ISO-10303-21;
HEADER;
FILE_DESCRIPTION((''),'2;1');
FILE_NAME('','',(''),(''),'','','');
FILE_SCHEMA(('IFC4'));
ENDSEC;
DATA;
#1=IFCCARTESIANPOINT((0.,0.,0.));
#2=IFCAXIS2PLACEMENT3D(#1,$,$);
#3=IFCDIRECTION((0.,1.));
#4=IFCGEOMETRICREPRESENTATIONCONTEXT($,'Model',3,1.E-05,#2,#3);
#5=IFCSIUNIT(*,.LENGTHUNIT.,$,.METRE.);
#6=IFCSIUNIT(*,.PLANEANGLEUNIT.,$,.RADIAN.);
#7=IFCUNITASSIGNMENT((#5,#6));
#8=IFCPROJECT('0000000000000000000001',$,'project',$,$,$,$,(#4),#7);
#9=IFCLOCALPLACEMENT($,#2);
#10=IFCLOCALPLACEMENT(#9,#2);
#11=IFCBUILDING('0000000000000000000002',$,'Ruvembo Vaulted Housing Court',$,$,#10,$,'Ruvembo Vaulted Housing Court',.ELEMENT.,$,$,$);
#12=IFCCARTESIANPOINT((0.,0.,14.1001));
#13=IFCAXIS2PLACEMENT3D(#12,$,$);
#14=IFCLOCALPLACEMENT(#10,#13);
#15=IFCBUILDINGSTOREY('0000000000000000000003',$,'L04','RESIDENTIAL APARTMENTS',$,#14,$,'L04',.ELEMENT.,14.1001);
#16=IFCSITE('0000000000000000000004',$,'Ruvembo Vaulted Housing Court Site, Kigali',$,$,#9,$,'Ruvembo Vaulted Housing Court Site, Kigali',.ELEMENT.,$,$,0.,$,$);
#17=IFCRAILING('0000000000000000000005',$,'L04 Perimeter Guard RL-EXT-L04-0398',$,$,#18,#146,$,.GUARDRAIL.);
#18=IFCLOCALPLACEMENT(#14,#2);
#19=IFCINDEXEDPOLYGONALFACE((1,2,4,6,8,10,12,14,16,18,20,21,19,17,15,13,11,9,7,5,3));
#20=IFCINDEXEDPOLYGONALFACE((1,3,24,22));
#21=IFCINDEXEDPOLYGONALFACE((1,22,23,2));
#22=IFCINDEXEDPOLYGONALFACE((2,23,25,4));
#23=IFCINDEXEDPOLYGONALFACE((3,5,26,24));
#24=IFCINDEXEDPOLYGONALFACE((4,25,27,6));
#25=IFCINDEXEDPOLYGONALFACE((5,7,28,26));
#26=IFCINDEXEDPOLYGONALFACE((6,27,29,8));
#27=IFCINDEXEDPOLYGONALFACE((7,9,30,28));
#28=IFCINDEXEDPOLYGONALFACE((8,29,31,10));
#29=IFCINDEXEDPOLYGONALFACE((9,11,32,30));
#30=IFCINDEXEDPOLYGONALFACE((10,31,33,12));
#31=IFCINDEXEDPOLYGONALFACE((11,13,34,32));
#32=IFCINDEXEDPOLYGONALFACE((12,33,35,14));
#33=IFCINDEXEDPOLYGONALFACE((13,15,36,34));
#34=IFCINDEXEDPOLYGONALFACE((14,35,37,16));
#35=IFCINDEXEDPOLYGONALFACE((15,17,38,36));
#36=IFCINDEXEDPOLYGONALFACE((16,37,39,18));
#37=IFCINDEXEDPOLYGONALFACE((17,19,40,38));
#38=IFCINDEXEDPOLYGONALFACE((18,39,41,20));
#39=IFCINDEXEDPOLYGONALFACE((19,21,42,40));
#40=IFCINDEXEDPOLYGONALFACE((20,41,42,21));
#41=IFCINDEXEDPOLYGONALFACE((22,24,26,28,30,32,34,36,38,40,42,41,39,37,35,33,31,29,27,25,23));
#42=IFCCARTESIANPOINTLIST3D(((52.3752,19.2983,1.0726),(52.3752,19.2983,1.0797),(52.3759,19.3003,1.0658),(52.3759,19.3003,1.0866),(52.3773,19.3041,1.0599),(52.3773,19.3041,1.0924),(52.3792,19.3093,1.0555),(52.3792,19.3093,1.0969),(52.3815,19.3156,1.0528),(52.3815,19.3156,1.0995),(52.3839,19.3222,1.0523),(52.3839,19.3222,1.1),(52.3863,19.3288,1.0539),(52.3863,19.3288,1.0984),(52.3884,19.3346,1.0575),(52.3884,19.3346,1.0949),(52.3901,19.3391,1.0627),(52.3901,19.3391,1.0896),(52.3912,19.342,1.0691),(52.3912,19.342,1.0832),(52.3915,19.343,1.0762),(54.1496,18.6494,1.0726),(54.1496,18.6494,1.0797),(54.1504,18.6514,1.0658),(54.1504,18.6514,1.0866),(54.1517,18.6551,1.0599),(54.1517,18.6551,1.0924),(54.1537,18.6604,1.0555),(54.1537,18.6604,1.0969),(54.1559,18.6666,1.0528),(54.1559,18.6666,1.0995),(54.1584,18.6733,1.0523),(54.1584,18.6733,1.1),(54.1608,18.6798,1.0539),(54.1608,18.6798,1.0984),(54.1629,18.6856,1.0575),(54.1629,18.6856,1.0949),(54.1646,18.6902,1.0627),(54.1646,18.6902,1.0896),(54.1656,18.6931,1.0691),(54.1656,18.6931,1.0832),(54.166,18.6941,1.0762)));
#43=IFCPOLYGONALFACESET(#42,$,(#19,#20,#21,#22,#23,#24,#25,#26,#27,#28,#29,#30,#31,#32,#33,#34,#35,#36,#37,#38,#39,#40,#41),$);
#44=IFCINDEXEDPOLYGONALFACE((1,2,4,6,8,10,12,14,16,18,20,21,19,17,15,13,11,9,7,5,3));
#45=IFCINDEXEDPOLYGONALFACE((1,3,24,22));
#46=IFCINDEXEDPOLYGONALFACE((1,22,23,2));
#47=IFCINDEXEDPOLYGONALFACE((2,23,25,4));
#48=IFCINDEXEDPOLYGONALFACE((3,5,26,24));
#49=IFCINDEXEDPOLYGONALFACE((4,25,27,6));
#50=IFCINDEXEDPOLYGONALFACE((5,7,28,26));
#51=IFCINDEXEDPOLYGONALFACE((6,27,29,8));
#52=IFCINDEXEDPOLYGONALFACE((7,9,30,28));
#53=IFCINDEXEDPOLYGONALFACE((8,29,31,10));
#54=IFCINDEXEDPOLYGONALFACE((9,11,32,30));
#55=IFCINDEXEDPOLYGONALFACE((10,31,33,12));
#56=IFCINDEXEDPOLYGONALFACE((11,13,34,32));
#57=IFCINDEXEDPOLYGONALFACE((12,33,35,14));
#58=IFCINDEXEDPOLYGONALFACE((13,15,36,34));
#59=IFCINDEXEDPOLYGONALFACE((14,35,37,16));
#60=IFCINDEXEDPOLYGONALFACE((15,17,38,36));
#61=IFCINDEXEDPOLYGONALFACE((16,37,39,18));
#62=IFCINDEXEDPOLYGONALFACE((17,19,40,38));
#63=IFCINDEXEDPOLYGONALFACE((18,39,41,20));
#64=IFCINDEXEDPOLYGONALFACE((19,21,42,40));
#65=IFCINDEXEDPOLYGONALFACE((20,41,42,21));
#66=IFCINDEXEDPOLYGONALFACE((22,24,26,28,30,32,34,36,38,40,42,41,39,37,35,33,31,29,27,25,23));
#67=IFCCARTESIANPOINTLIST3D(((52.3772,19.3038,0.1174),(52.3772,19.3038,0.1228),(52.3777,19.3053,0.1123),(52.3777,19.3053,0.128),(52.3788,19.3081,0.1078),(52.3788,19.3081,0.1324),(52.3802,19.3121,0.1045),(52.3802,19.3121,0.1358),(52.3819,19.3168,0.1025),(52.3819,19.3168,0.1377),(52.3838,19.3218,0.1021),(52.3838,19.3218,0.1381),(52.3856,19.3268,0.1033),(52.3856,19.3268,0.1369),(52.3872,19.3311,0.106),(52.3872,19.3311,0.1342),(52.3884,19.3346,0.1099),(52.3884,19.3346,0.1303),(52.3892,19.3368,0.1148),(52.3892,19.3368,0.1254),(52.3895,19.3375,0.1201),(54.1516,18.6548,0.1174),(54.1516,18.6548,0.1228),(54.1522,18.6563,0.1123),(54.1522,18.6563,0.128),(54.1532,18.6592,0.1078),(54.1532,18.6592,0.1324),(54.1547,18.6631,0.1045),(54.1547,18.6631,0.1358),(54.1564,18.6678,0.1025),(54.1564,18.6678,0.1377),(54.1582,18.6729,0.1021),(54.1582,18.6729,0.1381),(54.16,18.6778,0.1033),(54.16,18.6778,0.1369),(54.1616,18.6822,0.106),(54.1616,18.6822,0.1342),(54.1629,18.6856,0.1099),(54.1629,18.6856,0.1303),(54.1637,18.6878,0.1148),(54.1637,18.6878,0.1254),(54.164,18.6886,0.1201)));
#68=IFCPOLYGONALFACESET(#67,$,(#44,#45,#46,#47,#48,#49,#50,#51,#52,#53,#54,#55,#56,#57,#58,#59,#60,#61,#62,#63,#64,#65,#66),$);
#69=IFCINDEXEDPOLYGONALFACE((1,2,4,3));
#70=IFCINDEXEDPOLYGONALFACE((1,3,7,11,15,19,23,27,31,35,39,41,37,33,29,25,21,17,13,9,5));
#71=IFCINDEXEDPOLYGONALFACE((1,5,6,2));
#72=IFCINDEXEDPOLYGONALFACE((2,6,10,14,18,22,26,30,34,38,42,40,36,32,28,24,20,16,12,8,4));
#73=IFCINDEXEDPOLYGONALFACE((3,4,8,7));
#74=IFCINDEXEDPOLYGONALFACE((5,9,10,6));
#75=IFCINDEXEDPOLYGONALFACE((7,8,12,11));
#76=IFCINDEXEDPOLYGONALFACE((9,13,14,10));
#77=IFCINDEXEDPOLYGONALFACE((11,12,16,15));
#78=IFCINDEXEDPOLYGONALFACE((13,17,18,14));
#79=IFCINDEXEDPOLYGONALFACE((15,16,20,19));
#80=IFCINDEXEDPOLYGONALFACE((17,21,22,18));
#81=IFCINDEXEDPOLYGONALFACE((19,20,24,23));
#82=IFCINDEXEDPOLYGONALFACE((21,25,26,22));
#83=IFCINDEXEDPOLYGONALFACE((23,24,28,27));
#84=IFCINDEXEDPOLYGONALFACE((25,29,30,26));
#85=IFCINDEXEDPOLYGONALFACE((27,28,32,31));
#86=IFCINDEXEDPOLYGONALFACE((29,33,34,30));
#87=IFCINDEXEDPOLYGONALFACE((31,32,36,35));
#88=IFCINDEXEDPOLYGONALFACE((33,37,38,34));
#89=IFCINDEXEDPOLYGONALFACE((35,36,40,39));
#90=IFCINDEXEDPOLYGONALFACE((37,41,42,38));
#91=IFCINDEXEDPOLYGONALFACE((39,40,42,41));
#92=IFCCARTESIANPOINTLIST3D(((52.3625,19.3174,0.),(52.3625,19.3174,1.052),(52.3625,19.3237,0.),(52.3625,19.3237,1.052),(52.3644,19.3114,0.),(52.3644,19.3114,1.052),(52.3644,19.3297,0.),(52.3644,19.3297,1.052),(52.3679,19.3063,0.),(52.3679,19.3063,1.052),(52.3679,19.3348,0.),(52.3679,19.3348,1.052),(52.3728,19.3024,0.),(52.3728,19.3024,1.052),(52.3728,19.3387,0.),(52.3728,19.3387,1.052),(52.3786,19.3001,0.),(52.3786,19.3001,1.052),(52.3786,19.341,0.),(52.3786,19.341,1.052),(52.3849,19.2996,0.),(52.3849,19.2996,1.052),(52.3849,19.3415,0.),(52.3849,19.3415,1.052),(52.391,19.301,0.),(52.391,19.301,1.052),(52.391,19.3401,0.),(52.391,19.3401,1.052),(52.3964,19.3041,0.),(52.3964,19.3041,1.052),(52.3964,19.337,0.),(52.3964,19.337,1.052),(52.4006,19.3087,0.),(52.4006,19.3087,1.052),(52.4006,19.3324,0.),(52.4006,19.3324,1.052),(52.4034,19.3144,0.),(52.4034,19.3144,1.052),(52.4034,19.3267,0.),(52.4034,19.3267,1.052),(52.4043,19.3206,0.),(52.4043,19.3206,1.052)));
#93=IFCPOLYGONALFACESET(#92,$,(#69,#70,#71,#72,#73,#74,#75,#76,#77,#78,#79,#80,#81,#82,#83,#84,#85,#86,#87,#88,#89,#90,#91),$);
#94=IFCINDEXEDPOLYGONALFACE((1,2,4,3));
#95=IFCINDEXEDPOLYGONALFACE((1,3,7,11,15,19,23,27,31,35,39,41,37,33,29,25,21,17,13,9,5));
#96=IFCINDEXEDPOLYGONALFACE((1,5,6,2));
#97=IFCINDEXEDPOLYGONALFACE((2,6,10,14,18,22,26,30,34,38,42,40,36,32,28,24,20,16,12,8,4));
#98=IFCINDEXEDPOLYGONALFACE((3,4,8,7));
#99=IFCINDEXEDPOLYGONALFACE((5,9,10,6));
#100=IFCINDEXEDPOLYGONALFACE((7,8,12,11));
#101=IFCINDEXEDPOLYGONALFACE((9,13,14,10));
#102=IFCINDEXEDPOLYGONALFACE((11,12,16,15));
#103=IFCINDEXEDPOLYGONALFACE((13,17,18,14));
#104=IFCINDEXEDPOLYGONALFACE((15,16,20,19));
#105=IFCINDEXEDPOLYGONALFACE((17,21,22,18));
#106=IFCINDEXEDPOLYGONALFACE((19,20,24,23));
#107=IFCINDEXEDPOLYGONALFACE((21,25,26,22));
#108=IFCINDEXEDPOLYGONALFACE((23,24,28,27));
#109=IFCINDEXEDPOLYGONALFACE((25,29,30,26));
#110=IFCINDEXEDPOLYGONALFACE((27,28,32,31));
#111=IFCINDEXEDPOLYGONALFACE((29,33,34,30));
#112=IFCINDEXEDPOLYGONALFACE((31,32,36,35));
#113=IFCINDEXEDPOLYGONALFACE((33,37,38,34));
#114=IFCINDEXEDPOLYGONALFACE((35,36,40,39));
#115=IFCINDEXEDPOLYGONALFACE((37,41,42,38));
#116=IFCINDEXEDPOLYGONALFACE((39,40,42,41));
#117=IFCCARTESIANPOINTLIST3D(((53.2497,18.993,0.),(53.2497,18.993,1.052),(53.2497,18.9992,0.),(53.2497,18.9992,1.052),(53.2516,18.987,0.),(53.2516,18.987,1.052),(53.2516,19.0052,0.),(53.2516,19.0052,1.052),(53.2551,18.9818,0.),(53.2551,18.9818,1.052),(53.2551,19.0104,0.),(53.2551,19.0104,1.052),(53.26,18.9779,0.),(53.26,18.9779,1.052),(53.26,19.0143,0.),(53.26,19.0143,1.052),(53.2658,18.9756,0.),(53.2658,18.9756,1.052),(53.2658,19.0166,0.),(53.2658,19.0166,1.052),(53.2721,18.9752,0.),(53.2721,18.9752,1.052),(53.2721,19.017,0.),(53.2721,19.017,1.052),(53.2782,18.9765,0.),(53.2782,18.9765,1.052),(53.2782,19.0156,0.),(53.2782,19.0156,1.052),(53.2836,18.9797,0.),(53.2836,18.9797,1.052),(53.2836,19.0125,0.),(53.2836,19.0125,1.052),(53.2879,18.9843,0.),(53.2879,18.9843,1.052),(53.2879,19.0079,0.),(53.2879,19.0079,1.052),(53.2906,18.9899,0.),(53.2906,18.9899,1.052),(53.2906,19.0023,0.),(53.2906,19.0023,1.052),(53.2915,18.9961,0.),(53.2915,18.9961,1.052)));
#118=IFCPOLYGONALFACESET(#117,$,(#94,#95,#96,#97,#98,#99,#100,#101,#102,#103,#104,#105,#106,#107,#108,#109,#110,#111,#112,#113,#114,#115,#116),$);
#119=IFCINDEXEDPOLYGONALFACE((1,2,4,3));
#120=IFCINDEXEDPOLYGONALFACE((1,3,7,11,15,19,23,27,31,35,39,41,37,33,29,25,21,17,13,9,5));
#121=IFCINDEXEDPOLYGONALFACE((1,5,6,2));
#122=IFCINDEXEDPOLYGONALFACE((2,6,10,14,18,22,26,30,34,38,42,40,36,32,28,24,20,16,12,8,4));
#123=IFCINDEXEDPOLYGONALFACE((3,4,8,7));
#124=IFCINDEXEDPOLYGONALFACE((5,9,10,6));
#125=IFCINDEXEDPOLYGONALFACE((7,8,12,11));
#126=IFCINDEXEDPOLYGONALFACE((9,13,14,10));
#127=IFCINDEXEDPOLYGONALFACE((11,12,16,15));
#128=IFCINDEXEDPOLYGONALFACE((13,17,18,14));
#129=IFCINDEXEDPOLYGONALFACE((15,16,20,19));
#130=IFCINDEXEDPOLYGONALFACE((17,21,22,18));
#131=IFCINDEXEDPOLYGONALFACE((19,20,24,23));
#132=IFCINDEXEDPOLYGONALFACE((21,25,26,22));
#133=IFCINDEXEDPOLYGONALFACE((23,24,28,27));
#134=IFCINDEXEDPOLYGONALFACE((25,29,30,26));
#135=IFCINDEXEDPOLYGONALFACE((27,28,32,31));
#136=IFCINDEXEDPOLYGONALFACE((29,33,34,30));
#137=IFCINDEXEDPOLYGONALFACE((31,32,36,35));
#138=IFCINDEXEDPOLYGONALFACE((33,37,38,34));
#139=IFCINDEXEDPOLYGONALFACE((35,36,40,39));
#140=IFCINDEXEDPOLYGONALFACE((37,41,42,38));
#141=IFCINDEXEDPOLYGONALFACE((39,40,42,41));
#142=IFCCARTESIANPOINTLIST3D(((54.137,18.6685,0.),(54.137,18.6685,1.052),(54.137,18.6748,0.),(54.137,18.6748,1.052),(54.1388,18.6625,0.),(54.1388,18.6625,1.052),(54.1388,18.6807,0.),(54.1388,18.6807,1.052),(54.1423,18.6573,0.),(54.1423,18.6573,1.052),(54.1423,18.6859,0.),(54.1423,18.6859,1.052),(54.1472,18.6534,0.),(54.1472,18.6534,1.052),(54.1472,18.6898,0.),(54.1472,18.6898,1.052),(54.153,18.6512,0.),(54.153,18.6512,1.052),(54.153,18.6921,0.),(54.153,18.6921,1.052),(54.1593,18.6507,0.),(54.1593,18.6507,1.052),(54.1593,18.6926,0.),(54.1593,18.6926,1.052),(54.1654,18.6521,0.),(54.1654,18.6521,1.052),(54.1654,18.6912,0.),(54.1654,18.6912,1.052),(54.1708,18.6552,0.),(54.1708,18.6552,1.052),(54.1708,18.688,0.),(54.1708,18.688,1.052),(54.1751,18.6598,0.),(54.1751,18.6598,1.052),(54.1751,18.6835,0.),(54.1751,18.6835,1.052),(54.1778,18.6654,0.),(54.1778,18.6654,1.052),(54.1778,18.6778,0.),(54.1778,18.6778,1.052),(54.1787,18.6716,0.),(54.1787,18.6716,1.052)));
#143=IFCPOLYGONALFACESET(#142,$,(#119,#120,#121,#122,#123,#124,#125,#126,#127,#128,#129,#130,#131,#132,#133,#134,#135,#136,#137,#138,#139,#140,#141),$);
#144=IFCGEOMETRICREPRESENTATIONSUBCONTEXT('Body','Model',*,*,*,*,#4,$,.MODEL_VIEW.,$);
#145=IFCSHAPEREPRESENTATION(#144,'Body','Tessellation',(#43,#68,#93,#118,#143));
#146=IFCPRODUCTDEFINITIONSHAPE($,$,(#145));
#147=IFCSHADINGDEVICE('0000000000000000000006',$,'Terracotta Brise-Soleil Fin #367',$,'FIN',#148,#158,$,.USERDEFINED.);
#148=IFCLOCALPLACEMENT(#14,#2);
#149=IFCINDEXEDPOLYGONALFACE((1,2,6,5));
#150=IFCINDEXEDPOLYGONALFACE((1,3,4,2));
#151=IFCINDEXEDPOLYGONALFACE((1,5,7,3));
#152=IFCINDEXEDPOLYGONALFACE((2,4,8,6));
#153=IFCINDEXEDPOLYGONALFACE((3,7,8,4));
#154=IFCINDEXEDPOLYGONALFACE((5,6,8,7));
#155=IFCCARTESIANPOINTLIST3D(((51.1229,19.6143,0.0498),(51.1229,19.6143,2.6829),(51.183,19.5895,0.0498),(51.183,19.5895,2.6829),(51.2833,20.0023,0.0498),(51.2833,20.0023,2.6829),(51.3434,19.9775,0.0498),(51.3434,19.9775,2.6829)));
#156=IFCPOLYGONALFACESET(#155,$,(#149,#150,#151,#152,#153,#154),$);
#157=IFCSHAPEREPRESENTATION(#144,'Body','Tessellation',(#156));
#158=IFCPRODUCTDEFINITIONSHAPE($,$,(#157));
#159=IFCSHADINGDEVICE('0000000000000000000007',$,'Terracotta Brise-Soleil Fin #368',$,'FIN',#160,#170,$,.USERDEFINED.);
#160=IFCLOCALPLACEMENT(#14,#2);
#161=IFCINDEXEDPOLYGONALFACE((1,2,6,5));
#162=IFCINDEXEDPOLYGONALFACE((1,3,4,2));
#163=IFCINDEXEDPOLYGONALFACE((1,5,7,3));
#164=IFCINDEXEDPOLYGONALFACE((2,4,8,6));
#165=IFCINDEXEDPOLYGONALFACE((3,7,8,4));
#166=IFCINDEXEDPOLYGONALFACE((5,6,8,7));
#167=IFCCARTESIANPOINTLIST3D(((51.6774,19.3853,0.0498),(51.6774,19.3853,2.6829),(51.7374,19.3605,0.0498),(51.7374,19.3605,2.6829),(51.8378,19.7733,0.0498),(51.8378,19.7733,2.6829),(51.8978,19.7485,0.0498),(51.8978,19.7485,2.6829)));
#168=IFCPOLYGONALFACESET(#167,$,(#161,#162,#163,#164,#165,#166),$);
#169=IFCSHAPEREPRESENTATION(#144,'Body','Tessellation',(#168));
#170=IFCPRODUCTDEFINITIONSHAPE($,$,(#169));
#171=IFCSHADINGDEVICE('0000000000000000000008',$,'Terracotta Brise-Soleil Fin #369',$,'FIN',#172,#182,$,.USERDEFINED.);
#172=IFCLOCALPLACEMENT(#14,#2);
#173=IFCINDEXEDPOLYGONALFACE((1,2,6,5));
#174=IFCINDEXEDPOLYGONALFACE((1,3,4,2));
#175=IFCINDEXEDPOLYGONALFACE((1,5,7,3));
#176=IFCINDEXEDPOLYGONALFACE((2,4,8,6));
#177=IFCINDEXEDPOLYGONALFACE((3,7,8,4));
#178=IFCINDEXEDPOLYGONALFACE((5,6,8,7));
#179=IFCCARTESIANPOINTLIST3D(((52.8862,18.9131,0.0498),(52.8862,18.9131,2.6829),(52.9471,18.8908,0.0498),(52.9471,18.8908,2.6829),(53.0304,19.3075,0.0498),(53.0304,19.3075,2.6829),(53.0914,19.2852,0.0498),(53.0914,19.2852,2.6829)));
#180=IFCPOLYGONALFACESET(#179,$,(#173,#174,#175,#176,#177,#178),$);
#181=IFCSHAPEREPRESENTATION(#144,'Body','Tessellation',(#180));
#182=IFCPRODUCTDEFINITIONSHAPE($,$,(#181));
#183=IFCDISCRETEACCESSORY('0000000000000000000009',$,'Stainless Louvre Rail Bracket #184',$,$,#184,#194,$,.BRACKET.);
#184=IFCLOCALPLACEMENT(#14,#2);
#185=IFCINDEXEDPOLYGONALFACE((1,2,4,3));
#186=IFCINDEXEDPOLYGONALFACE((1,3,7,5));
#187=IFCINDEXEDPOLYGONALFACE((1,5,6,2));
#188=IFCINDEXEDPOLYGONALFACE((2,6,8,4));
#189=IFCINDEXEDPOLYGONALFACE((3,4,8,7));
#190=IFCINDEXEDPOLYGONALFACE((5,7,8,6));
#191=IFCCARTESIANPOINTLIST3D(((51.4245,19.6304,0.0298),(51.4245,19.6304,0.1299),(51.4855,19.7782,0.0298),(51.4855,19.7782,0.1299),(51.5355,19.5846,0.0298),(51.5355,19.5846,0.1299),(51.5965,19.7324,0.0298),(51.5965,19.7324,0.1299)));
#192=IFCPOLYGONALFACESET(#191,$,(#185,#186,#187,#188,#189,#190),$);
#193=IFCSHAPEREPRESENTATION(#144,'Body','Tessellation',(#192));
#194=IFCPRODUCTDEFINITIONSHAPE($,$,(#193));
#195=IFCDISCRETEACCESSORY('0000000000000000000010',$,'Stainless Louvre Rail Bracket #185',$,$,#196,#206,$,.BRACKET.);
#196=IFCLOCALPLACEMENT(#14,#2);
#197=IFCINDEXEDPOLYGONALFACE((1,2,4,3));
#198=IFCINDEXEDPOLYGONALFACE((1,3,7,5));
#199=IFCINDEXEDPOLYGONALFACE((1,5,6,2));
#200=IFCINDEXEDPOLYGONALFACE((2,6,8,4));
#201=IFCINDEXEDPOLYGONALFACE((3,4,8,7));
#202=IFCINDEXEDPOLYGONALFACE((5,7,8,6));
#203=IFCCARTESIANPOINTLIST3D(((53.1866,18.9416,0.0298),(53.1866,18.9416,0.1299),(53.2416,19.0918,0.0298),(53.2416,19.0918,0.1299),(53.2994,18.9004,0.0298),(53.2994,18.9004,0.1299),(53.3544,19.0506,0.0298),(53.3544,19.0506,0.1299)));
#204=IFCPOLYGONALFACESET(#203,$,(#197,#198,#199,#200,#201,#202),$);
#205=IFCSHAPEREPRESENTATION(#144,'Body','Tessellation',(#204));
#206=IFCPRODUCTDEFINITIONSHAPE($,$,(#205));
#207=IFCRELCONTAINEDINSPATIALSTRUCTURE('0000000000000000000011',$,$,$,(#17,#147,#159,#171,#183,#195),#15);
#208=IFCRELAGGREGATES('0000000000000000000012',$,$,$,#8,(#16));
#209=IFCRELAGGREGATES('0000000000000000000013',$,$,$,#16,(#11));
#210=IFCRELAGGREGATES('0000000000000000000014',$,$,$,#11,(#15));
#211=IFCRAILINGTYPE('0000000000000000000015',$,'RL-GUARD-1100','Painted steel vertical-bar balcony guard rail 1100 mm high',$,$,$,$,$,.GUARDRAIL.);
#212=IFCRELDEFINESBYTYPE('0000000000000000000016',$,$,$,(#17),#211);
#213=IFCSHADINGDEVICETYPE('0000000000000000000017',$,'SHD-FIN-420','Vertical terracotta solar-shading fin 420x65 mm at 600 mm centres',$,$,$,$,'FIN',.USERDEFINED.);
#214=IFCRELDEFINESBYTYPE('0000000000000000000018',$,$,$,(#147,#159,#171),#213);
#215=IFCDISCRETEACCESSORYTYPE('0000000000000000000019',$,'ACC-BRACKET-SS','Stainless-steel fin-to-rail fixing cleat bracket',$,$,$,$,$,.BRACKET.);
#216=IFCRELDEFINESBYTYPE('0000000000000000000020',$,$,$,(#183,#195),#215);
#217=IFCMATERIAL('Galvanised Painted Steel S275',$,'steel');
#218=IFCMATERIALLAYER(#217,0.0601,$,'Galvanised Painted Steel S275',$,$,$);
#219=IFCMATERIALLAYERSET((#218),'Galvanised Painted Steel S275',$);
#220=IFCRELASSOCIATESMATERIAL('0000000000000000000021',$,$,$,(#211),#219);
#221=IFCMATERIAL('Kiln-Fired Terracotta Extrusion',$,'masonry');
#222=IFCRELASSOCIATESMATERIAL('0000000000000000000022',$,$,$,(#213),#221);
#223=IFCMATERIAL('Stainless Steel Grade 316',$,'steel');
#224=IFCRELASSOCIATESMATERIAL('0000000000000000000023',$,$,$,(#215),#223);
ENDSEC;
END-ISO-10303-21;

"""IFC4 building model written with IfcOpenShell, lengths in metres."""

from ifc_helpers import new_model, si_unit, direction, frame, origin, origin_2d, place, context, subcontext, project, spatial, rectangle, circle, extrude, material, layer, layer_set, type_object, element, save


model = new_model("IFC4")

# Units and contexts
model_context = context("Model", 3, precision=1e-05, world=origin(), true_north=direction((0.0, 1.0)))
body_context = subcontext(model_context, "Body", "Model", "MODEL_VIEW")
ifc_project = project(units=[si_unit("LENGTHUNIT", "METRE"), si_unit("PLANEANGLEUNIT", "RADIAN")], contexts=[model_context])

# Site, building, storey
site_placement = place(None, origin())
site = spatial("IfcSite", under=ifc_project, at=site_placement, Name="Ruvembo Vaulted Housing Court Site, Kigali", LongName="Ruvembo Vaulted Housing Court Site, Kigali", CompositionType="ELEMENT", RefElevation=0.0)
building_placement = place(site_placement, origin())
building = spatial("IfcBuilding", under=site, at=building_placement, Name="Ruvembo Vaulted Housing Court", LongName="Ruvembo Vaulted Housing Court", CompositionType="ELEMENT")
storey_placement = place(building_placement, frame((0.0, 0.0, 14.1001)))
storey = spatial("IfcBuildingStorey", under=building, at=storey_placement, Name="L04", Description="RESIDENTIAL APARTMENTS", LongName="L04", CompositionType="ELEMENT", Elevation=14.1001)

# Railing
ifc_material_1 = material(Name="Galvanised Painted Steel S275", Category="steel")
ifc_layer_1 = layer(ifc_material_1, 0.0601, Name="Galvanised Painted Steel S275")
ifc_layer_set_1 = layer_set([ifc_layer_1], Name="Galvanised Painted Steel S275")
railing_type = type_object("IfcRailingType", Name="RL-GUARD-1100", Description="Painted steel vertical-bar balcony guard rail 1100 mm high", PredefinedType="GUARDRAIL", material=ifc_layer_set_1)
railing_placement = place(storey_placement, frame((52.3833, 19.3206, 0.0)))
element("IfcRailing", 1, at=railing_placement, inside=storey, type_object=railing_type, Name="L04 Perimeter Guard RL-EXT-L04-0398", PredefinedType="GUARDRAIL", context=body_context, shape_type="SweptSolid", body=[
    extrude(circle(Radius=0.0239, at=origin_2d()), frame((0.0, 0.0, 1.0762), z_axis=(0.939166, -0.343465, 0.0), x_axis=(0.343465, 0.939166, 0.0)), (0.0, 0.0, 1.0), 1.8894),
    extrude(circle(Radius=0.0181, at=origin_2d()), frame((0.0, 0.0, 0.1201), z_axis=(0.939166, -0.343465, 0.0), x_axis=(0.343465, 0.939166, 0.0)), (0.0, 0.0, 1.0), 1.8894),
    extrude(circle(Radius=0.021, at=origin_2d()), origin(), (0.0, 0.0, 1.0), 1.052),
    extrude(circle(Radius=0.021, at=origin_2d()), frame((0.8872, -0.3245, 0.0)), (0.0, 0.0, 1.0), 1.052),
    extrude(circle(Radius=0.021, at=origin_2d()), frame((1.7744, -0.6489, 0.0)), (0.0, 0.0, 1.0), 1.052),
])

# Shading devices
ifc_material_2 = material(Name="Kiln-Fired Terracotta Extrusion", Category="masonry")
shading_device_type = type_object("IfcShadingDeviceType", Name="SHD-FIN-420", Description="Vertical terracotta solar-shading fin 420x65 mm at 600 mm centres", ElementType="FIN", PredefinedType="USERDEFINED", material=ifc_material_2)
for number, where, z_axis, x_axis, name in (
    (2, (51.2332, 19.7959, 0.0498), (0.0, 0.0, 1.0), (-0.381958, -0.92418, 0.0), "Terracotta Brise-Soleil Fin #367"),
    (3, (51.7876, 19.5669, 0.0498), (0.0, 0.0, 1.0), (-0.381958, -0.92418, 0.0), "Terracotta Brise-Soleil Fin #368"),
    (4, (52.9888, 19.0991, 0.0498), (0.0, 0.0, 1.0), (-0.343512, -0.939148, 0.0), "Terracotta Brise-Soleil Fin #369"),
):
    element("IfcShadingDevice", number, at=place(storey_placement, frame(where, z_axis=z_axis, x_axis=x_axis)), inside=storey, type_object=shading_device_type, Name=name, ObjectType="FIN", PredefinedType="USERDEFINED", context=body_context, shape_type="SweptSolid", body=[
        extrude(rectangle(XDim=0.4199, YDim=0.0649, at=origin_2d()), origin(), (0.0, 0.0, 1.0), 2.6331),
    ])

# Discrete accessories
ifc_material_3 = material(Name="Stainless Steel Grade 316", Category="steel")
discrete_accessory_type = type_object("IfcDiscreteAccessoryType", Name="ACC-BRACKET-SS", Description="Stainless-steel fin-to-rail fixing cleat bracket", PredefinedType="BRACKET", material=ifc_material_3)
for number, where, z_axis, x_axis, name in (
    (5, (51.5105, 19.6814, 0.0298), (0.0, 0.0, 1.0), (-0.381958, -0.92418, 0.0), "Stainless Louvre Rail Bracket #184"),
    (6, (53.2705, 18.9961, 0.0298), (0.0, 0.0, 1.0), (-0.343512, -0.939148, 0.0), "Stainless Louvre Rail Bracket #185"),
):
    element("IfcDiscreteAccessory", number, at=place(storey_placement, frame(where, z_axis=z_axis, x_axis=x_axis)), inside=storey, type_object=discrete_accessory_type, Name=name, PredefinedType="BRACKET", context=body_context, shape_type="SweptSolid", body=[
        extrude(rectangle(XDim=0.1599, YDim=0.1201, at=origin_2d()), origin(), (0.0, 0.0, 1.0), 0.1001),
    ])

save(model, "model.ifc")
